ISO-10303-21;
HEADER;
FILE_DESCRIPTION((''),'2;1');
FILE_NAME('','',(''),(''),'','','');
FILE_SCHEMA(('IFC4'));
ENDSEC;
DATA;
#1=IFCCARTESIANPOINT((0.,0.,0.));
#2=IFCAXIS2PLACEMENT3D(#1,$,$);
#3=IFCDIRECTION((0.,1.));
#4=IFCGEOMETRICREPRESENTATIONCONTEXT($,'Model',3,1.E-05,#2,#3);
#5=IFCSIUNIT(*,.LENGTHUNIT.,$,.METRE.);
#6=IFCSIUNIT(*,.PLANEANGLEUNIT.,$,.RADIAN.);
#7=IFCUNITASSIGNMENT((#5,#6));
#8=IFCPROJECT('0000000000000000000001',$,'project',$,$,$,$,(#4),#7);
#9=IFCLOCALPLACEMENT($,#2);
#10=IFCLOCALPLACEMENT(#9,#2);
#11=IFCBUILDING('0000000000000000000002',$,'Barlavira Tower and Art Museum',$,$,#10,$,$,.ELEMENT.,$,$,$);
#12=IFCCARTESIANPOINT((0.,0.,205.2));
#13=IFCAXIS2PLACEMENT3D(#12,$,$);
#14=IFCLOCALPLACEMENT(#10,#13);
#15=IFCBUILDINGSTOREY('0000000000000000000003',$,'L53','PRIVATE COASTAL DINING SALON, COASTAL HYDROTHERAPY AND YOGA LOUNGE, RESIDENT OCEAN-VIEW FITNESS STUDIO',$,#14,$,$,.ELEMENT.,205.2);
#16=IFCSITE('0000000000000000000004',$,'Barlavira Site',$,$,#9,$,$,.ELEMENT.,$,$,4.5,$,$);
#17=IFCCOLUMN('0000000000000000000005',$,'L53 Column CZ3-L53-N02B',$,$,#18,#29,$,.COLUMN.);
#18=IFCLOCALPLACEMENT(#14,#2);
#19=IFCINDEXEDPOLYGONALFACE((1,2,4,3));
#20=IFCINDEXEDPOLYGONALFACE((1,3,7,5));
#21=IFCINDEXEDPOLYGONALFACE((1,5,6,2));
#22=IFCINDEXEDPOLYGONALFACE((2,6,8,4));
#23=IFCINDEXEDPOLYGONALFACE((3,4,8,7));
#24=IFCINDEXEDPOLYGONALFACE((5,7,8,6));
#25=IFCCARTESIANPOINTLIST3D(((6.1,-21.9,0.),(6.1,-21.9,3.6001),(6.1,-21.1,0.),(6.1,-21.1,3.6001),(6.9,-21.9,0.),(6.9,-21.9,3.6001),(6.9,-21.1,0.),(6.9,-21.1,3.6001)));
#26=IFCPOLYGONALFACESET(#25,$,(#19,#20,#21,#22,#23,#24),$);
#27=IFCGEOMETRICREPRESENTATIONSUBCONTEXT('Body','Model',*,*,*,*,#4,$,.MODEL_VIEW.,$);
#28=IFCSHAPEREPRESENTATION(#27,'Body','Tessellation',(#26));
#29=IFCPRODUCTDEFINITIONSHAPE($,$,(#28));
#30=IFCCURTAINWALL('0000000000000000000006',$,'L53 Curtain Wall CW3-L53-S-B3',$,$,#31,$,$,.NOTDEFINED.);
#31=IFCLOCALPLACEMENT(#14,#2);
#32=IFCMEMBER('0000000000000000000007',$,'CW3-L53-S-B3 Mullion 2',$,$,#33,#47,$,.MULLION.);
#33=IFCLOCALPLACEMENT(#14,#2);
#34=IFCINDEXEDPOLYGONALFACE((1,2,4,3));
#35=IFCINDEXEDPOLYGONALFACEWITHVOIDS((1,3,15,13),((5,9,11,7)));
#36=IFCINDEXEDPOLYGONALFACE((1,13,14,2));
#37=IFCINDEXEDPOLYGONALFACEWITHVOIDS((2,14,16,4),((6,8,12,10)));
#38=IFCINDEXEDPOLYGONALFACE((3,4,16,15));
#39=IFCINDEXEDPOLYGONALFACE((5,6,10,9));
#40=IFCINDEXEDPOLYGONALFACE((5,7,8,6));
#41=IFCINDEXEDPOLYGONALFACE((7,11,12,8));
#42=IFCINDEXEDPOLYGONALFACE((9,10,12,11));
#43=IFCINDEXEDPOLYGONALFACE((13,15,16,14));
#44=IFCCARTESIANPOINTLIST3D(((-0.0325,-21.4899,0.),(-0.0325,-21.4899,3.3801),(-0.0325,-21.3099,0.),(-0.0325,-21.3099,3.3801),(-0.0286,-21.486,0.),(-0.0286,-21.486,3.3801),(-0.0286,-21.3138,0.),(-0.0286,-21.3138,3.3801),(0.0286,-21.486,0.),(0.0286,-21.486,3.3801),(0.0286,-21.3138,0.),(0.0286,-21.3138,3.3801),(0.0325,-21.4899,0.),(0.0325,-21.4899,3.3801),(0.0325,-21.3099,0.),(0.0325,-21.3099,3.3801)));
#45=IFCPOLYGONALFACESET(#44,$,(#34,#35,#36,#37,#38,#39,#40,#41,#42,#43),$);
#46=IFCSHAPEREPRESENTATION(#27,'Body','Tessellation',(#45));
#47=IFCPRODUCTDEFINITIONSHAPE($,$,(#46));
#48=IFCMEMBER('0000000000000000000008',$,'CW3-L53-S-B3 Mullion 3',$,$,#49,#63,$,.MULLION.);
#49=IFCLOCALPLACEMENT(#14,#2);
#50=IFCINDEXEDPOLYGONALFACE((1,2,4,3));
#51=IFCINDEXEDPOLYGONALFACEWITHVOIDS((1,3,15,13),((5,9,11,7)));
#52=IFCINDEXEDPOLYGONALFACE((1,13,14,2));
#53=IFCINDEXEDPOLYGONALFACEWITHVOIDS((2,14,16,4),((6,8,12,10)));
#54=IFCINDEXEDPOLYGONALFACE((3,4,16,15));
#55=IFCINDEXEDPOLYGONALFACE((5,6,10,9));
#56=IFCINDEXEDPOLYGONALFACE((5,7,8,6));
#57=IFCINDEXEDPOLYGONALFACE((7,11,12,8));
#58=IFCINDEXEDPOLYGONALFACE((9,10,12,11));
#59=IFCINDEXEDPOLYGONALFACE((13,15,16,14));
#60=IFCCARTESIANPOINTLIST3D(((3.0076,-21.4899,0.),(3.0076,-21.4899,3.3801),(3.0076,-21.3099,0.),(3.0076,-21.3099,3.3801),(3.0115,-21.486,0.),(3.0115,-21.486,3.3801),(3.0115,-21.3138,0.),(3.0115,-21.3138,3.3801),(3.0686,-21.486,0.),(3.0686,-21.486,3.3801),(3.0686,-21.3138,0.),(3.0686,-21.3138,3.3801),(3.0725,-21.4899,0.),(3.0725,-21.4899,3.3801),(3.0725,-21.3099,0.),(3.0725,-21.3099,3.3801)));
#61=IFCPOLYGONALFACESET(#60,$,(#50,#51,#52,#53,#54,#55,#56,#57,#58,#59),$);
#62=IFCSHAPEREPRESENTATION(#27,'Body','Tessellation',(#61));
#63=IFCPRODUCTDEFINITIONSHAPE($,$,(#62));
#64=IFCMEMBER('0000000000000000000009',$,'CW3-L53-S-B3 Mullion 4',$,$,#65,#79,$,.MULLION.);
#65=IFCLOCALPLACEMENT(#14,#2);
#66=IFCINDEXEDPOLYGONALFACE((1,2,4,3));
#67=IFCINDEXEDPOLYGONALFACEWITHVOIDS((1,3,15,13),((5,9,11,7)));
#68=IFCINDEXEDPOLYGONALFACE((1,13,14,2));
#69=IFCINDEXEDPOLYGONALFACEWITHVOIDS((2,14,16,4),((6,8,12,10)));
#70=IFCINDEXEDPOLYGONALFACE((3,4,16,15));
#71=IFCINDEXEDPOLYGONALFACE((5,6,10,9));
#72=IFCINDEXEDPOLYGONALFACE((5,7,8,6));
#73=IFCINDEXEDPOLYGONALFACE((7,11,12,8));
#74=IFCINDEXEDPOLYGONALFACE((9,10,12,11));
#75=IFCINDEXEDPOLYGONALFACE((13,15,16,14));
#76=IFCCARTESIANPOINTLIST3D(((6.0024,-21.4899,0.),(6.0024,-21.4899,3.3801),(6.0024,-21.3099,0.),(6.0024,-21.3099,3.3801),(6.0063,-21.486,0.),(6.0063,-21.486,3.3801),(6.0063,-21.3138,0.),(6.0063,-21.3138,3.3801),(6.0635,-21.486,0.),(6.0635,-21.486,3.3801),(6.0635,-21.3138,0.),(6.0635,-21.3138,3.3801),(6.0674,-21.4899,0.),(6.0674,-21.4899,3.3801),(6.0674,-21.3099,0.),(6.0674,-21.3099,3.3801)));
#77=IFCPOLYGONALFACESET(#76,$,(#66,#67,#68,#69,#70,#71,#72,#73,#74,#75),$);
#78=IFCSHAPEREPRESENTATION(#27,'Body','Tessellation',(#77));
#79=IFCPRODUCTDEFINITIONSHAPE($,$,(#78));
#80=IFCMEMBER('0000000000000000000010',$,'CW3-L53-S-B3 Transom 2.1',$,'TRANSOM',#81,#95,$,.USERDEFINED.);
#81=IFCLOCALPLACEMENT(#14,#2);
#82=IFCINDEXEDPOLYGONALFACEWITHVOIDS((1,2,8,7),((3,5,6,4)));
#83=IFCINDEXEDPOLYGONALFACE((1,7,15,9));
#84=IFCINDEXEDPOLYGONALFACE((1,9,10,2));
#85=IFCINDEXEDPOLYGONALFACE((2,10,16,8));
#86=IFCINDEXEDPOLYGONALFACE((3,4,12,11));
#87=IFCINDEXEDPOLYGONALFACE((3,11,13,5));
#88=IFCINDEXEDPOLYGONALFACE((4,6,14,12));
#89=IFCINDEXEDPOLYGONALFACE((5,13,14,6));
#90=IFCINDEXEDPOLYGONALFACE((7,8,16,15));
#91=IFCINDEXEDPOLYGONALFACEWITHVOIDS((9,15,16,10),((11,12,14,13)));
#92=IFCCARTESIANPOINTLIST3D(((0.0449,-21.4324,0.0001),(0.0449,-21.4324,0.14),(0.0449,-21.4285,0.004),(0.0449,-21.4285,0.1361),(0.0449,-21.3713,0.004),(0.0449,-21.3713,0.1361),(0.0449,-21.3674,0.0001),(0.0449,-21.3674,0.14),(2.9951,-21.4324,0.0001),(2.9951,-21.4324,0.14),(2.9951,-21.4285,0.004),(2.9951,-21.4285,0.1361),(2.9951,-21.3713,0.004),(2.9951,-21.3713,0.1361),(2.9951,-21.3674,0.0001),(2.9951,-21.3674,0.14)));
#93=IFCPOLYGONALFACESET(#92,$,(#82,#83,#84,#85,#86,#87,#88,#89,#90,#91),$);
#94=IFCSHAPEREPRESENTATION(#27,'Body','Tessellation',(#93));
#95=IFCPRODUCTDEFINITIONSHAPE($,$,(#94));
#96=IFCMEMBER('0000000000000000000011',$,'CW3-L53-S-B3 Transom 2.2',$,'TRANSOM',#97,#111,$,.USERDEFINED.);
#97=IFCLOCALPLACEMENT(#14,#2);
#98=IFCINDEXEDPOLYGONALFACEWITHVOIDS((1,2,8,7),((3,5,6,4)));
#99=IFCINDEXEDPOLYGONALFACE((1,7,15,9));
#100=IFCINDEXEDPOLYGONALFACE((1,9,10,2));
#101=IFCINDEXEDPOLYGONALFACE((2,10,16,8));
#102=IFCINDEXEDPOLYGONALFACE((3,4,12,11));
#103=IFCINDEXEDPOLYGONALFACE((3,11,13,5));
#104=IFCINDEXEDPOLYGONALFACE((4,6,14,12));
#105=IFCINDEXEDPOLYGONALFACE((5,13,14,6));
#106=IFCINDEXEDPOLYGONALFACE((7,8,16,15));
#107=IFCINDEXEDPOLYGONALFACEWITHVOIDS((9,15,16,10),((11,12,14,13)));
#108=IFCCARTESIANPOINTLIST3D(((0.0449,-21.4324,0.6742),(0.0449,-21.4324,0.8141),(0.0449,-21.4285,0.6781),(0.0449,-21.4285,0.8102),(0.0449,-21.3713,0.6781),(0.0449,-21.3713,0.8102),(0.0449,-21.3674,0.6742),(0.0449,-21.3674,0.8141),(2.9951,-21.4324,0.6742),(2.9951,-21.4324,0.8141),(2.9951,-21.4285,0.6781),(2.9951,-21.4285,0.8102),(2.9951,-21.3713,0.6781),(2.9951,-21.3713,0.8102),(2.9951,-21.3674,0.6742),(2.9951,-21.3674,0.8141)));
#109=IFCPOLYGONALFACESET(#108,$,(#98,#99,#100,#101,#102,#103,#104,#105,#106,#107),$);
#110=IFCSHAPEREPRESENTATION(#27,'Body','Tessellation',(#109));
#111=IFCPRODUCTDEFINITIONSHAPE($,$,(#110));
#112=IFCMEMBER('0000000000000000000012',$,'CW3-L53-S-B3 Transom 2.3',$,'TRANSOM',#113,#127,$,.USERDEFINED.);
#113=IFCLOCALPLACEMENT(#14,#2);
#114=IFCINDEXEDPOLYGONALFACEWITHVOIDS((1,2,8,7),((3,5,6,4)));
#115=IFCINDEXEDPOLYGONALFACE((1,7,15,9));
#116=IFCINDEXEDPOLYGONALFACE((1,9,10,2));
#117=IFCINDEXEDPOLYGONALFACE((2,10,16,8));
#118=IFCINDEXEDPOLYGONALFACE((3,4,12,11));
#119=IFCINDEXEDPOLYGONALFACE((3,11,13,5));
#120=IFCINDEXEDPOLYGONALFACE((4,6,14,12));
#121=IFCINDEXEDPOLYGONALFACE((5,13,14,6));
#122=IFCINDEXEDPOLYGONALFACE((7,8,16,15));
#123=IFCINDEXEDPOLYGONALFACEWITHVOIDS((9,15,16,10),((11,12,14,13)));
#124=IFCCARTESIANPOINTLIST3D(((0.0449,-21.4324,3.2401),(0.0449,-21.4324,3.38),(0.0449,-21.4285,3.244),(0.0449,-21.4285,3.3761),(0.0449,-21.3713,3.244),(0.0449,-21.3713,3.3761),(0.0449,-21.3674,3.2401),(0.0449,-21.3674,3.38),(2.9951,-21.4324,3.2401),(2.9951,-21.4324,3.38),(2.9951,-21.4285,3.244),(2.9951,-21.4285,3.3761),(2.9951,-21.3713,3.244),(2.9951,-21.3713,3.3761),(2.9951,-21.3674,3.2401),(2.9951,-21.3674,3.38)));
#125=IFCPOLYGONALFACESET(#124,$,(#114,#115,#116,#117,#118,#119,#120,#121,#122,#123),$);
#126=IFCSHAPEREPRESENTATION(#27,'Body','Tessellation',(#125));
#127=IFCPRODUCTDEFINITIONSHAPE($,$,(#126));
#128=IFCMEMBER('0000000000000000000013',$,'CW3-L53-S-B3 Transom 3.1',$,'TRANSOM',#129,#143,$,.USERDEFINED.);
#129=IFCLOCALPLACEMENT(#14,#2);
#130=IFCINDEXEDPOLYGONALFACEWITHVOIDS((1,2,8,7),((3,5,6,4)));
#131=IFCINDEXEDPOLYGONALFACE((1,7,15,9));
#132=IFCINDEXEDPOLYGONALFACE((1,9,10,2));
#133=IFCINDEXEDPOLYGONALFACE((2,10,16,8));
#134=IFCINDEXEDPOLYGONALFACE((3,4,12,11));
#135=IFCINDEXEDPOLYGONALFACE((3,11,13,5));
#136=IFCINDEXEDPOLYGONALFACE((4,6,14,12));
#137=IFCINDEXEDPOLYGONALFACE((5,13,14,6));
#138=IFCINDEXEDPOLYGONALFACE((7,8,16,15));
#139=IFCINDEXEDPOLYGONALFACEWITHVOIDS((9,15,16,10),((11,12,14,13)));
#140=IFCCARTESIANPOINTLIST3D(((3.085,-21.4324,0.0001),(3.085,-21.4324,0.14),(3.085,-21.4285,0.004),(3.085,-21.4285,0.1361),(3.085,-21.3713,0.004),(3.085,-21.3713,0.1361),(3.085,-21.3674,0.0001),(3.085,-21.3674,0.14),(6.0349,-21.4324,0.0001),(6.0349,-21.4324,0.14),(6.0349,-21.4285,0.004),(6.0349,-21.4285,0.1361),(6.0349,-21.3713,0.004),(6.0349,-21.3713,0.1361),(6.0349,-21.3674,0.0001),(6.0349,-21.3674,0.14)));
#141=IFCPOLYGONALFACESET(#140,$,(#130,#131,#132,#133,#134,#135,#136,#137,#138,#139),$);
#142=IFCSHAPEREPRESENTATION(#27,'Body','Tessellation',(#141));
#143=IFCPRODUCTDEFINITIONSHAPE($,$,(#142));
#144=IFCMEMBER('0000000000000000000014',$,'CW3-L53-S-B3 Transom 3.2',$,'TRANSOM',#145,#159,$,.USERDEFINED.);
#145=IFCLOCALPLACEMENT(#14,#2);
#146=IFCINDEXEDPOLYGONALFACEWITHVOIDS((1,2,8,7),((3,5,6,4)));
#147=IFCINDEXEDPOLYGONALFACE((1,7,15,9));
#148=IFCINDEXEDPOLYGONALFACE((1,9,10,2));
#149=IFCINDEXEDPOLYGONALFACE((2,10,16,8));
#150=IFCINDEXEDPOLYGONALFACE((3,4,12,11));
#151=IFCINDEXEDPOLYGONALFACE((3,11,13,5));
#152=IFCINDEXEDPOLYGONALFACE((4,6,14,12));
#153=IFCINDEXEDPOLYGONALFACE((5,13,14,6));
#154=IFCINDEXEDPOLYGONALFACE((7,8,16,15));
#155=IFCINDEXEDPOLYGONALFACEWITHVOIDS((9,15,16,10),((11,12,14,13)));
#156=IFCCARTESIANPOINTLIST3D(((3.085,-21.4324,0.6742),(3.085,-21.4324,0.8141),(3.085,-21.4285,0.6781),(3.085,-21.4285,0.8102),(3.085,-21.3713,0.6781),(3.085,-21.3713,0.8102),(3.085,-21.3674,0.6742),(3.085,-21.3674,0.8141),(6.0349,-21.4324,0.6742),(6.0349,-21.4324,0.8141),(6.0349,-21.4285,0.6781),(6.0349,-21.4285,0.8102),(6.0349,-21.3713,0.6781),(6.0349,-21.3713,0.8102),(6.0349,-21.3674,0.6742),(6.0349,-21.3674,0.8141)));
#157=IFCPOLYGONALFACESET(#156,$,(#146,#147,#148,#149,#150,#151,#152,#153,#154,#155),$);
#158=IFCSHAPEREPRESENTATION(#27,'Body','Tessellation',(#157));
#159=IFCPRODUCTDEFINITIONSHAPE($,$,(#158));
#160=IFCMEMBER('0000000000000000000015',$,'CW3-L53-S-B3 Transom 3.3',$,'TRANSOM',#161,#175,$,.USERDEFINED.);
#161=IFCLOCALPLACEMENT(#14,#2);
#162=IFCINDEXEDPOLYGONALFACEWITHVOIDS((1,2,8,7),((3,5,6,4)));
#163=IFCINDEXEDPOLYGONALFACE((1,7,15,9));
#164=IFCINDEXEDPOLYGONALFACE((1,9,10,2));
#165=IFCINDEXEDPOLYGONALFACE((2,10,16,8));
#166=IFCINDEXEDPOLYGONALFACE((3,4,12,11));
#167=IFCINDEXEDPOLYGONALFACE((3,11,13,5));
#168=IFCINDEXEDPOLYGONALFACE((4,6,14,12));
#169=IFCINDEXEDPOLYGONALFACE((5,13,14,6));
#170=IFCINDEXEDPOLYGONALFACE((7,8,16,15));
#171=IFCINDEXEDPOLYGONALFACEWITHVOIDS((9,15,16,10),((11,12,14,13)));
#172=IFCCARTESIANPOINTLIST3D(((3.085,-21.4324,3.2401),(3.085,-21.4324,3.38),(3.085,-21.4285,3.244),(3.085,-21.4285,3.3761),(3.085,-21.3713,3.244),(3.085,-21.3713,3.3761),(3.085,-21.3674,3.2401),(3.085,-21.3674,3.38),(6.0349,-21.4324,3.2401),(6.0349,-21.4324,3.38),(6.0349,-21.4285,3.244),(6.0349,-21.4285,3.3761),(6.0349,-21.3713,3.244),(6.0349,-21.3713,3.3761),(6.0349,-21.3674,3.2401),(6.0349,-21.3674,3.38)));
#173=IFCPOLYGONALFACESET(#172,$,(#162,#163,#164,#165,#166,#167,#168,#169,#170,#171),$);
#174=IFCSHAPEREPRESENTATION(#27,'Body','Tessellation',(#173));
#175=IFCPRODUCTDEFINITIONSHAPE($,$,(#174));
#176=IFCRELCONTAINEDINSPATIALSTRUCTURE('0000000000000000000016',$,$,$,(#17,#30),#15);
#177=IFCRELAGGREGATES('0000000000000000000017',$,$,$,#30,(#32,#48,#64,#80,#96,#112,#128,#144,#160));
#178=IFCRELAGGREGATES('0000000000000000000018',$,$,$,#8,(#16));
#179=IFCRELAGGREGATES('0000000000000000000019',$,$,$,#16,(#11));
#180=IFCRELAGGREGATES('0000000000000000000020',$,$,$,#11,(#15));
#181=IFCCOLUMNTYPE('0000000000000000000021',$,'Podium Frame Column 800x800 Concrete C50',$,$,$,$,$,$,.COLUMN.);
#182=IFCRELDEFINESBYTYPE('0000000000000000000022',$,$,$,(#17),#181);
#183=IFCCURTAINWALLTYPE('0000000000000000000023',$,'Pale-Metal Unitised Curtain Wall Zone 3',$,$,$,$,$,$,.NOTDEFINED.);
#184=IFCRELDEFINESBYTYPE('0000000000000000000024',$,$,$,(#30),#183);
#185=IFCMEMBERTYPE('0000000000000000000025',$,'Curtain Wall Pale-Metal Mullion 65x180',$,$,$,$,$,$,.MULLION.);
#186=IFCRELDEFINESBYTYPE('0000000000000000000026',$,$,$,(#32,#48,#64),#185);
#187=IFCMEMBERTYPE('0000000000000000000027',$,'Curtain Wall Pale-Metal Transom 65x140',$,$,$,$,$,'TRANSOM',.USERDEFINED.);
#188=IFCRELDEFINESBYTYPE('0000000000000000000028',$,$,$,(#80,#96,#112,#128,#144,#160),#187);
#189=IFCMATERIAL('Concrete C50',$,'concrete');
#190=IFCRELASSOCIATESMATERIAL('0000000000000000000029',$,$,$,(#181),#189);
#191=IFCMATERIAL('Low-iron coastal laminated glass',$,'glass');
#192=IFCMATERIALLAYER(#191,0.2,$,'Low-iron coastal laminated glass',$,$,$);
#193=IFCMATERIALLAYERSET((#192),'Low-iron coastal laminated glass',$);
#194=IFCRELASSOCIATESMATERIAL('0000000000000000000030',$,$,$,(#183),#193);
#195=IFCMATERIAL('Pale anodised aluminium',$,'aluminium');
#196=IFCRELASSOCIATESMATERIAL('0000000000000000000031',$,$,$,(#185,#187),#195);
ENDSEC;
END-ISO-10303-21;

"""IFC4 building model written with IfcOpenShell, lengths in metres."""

from ifc_helpers import new_model, si_unit, direction, frame, origin, origin_2d, place, context, subcontext, project, spatial, rectangle, hollow_rectangle, extrude, material, layer, layer_set, material_profile, profile_set, type_object, element, aggregate, save


model = new_model("IFC4")

# Units and contexts
model_context = context("Model", 3, precision=1e-05, world=origin(), true_north=direction((0.0, 1.0)))
body_context = subcontext(model_context, "Body", "Model", "MODEL_VIEW")
ifc_project = project(units=[si_unit("LENGTHUNIT", "METRE"), si_unit("PLANEANGLEUNIT", "RADIAN")], contexts=[model_context])

# Site, building, storey
site_placement = place(None, origin())
site = spatial("IfcSite", under=ifc_project, at=site_placement, Name="Barlavira Site", CompositionType="ELEMENT", RefElevation=4.5)
building_placement = place(site_placement, origin())
building = spatial("IfcBuilding", under=site, at=building_placement, Name="Barlavira Tower and Art Museum", CompositionType="ELEMENT")
storey_placement = place(building_placement, frame((0.0, 0.0, 205.2)))
storey = spatial("IfcBuildingStorey", under=building, at=storey_placement, Name="L53", Description="PRIVATE COASTAL DINING SALON, COASTAL HYDROTHERAPY AND YOGA LOUNGE, RESIDENT OCEAN-VIEW FITNESS STUDIO", CompositionType="ELEMENT", Elevation=205.2)

# Column
ifc_material_1 = material(Name="Concrete C50", Category="concrete")
ifc_material_profile_1 = material_profile(ifc_material_1, rectangle(XDim=0.8, YDim=0.8, at=origin_2d()), Name="RC-COL 800x800")
ifc_profile_set_1 = profile_set([ifc_material_profile_1], Name="Concrete C50")
column_type = type_object("IfcColumnType", Name="Podium Frame Column 800x800 Concrete C50", PredefinedType="COLUMN", material=ifc_profile_set_1)
column_placement = place(storey_placement, frame((6.5, -21.5, 0.0), z_axis=(0.0, 0.0, 1.0), x_axis=(1.0, 0.0, 0.0)))
element("IfcColumn", 1, at=column_placement, inside=storey, type_object=column_type, Name="L53 Column CZ3-L53-N02B", PredefinedType="COLUMN", context=body_context, shape_type="SweptSolid", body=[
    extrude(rectangle(XDim=0.8, YDim=0.8, at=origin_2d()), origin(), (0.0, 0.0, 1.0), 3.6001),
])

# Curtain wall, members
ifc_material_2 = material(Name="Low-iron coastal laminated glass", Category="glass")
ifc_layer_1 = layer(ifc_material_2, 0.2, Name="Low-iron coastal laminated glass")
ifc_layer_set_1 = layer_set([ifc_layer_1], Name="Low-iron coastal laminated glass")
curtain_wall_type = type_object("IfcCurtainWallType", Name="Pale-Metal Unitised Curtain Wall Zone 3", PredefinedType="NOTDEFINED", material=ifc_layer_set_1)
curtain_wall_placement = place(storey_placement, origin())
curtain_wall = element("IfcCurtainWall", 2, at=curtain_wall_placement, inside=storey, type_object=curtain_wall_type, Name="L53 Curtain Wall CW3-L53-S-B3", PredefinedType="NOTDEFINED")
ifc_material_3 = material(Name="Pale anodised aluminium", Category="aluminium")
ifc_material_profile_2 = material_profile(ifc_material_3, hollow_rectangle(XDim=0.0649, YDim=0.1799, WallThickness=0.0039, at=origin_2d()), Name="ALU-MULL 65x180x4")
ifc_profile_set_2 = profile_set([ifc_material_profile_2], Name="Pale anodised aluminium")
member_type_1 = type_object("IfcMemberType", Name="Curtain Wall Pale-Metal Mullion 65x180", PredefinedType="MULLION", material=ifc_profile_set_2)
member_1_placement = place(storey_placement, frame((0.0, -21.3999, 0.0), z_axis=(0.0, 0.0, 1.0), x_axis=(1.0, 0.0, 0.0)))
member_1 = element("IfcMember", 3, at=member_1_placement, type_object=member_type_1, Name="CW3-L53-S-B3 Mullion 2", PredefinedType="MULLION", context=body_context, shape_type="SweptSolid", body=[
    extrude(hollow_rectangle(XDim=0.0649, YDim=0.1799, WallThickness=0.0039, at=origin_2d()), origin(), (0.0, 0.0, 1.0), 3.3801),
])
member_2_placement = place(storey_placement, frame((3.04, -21.3999, 0.0), z_axis=(0.0, 0.0, 1.0), x_axis=(1.0, 0.0, 0.0)))
member_2 = element("IfcMember", 4, at=member_2_placement, type_object=member_type_1, Name="CW3-L53-S-B3 Mullion 3", PredefinedType="MULLION", context=body_context, shape_type="SweptSolid", body=[
    extrude(hollow_rectangle(XDim=0.0649, YDim=0.1799, WallThickness=0.0039, at=origin_2d()), origin(), (0.0, 0.0, 1.0), 3.3801),
])
member_3_placement = place(storey_placement, frame((6.0349, -21.3999, 0.0), z_axis=(0.0, 0.0, 1.0), x_axis=(1.0, 0.0, 0.0)))
member_3 = element("IfcMember", 5, at=member_3_placement, type_object=member_type_1, Name="CW3-L53-S-B3 Mullion 4", PredefinedType="MULLION", context=body_context, shape_type="SweptSolid", body=[
    extrude(hollow_rectangle(XDim=0.0649, YDim=0.1799, WallThickness=0.0039, at=origin_2d()), origin(), (0.0, 0.0, 1.0), 3.3801),
])
ifc_material_profile_3 = material_profile(ifc_material_3, hollow_rectangle(XDim=0.0649, YDim=0.1399, WallThickness=0.0039, at=origin_2d()), Name="ALU-TRAN 65x140x4")
ifc_profile_set_3 = profile_set([ifc_material_profile_3], Name="Pale anodised aluminium")
member_type_2 = type_object("IfcMemberType", Name="Curtain Wall Pale-Metal Transom 65x140", ElementType="TRANSOM", PredefinedType="USERDEFINED", material=ifc_profile_set_3)
member_4_placement = place(storey_placement, frame((0.0449, -21.3999, 0.0701), z_axis=(1.0, 0.0, 0.0), x_axis=(0.0, 1.0, 0.0)))
member_4 = element("IfcMember", 6, at=member_4_placement, type_object=member_type_2, Name="CW3-L53-S-B3 Transom 2.1", ObjectType="TRANSOM", PredefinedType="USERDEFINED", context=body_context, shape_type="SweptSolid", body=[
    extrude(hollow_rectangle(XDim=0.0649, YDim=0.1399, WallThickness=0.0039, at=origin_2d()), origin(), (0.0, 0.0, 1.0), 2.9502),
])
member_5_placement = place(storey_placement, frame((0.0449, -21.3999, 0.7441), z_axis=(1.0, 0.0, 0.0), x_axis=(0.0, 1.0, 0.0)))
member_5 = element("IfcMember", 7, at=member_5_placement, type_object=member_type_2, Name="CW3-L53-S-B3 Transom 2.2", ObjectType="TRANSOM", PredefinedType="USERDEFINED", context=body_context, shape_type="SweptSolid", body=[
    extrude(hollow_rectangle(XDim=0.0649, YDim=0.1399, WallThickness=0.0039, at=origin_2d()), origin(), (0.0, 0.0, 1.0), 2.9502),
])
member_6_placement = place(storey_placement, frame((0.0449, -21.3999, 3.3101), z_axis=(1.0, 0.0, 0.0), x_axis=(0.0, 1.0, 0.0)))
member_6 = element("IfcMember", 8, at=member_6_placement, type_object=member_type_2, Name="CW3-L53-S-B3 Transom 2.3", ObjectType="TRANSOM", PredefinedType="USERDEFINED", context=body_context, shape_type="SweptSolid", body=[
    extrude(hollow_rectangle(XDim=0.0649, YDim=0.1399, WallThickness=0.0039, at=origin_2d()), origin(), (0.0, 0.0, 1.0), 2.9502),
])
member_7_placement = place(storey_placement, frame((3.085, -21.3999, 0.0701), z_axis=(1.0, 0.0, 0.0), x_axis=(0.0, 1.0, 0.0)))
member_7 = element("IfcMember", 9, at=member_7_placement, type_object=member_type_2, Name="CW3-L53-S-B3 Transom 3.1", ObjectType="TRANSOM", PredefinedType="USERDEFINED", context=body_context, shape_type="SweptSolid", body=[
    extrude(hollow_rectangle(XDim=0.0649, YDim=0.1399, WallThickness=0.0039, at=origin_2d()), origin(), (0.0, 0.0, 1.0), 2.95),
])
member_8_placement = place(storey_placement, frame((3.085, -21.3999, 0.7441), z_axis=(1.0, 0.0, 0.0), x_axis=(0.0, 1.0, 0.0)))
member_8 = element("IfcMember", 10, at=member_8_placement, type_object=member_type_2, Name="CW3-L53-S-B3 Transom 3.2", ObjectType="TRANSOM", PredefinedType="USERDEFINED", context=body_context, shape_type="SweptSolid", body=[
    extrude(hollow_rectangle(XDim=0.0649, YDim=0.1399, WallThickness=0.0039, at=origin_2d()), origin(), (0.0, 0.0, 1.0), 2.95),
])
member_9_placement = place(storey_placement, frame((3.085, -21.3999, 3.3101), z_axis=(1.0, 0.0, 0.0), x_axis=(0.0, 1.0, 0.0)))
member_9 = element("IfcMember", 11, at=member_9_placement, type_object=member_type_2, Name="CW3-L53-S-B3 Transom 3.3", ObjectType="TRANSOM", PredefinedType="USERDEFINED", context=body_context, shape_type="SweptSolid", body=[
    extrude(hollow_rectangle(XDim=0.0649, YDim=0.1399, WallThickness=0.0039, at=origin_2d()), origin(), (0.0, 0.0, 1.0), 2.95),
])

aggregate(curtain_wall, [member_1, member_2, member_3, member_4, member_5, member_6, member_7, member_8, member_9])

save(model, "model.ifc")
